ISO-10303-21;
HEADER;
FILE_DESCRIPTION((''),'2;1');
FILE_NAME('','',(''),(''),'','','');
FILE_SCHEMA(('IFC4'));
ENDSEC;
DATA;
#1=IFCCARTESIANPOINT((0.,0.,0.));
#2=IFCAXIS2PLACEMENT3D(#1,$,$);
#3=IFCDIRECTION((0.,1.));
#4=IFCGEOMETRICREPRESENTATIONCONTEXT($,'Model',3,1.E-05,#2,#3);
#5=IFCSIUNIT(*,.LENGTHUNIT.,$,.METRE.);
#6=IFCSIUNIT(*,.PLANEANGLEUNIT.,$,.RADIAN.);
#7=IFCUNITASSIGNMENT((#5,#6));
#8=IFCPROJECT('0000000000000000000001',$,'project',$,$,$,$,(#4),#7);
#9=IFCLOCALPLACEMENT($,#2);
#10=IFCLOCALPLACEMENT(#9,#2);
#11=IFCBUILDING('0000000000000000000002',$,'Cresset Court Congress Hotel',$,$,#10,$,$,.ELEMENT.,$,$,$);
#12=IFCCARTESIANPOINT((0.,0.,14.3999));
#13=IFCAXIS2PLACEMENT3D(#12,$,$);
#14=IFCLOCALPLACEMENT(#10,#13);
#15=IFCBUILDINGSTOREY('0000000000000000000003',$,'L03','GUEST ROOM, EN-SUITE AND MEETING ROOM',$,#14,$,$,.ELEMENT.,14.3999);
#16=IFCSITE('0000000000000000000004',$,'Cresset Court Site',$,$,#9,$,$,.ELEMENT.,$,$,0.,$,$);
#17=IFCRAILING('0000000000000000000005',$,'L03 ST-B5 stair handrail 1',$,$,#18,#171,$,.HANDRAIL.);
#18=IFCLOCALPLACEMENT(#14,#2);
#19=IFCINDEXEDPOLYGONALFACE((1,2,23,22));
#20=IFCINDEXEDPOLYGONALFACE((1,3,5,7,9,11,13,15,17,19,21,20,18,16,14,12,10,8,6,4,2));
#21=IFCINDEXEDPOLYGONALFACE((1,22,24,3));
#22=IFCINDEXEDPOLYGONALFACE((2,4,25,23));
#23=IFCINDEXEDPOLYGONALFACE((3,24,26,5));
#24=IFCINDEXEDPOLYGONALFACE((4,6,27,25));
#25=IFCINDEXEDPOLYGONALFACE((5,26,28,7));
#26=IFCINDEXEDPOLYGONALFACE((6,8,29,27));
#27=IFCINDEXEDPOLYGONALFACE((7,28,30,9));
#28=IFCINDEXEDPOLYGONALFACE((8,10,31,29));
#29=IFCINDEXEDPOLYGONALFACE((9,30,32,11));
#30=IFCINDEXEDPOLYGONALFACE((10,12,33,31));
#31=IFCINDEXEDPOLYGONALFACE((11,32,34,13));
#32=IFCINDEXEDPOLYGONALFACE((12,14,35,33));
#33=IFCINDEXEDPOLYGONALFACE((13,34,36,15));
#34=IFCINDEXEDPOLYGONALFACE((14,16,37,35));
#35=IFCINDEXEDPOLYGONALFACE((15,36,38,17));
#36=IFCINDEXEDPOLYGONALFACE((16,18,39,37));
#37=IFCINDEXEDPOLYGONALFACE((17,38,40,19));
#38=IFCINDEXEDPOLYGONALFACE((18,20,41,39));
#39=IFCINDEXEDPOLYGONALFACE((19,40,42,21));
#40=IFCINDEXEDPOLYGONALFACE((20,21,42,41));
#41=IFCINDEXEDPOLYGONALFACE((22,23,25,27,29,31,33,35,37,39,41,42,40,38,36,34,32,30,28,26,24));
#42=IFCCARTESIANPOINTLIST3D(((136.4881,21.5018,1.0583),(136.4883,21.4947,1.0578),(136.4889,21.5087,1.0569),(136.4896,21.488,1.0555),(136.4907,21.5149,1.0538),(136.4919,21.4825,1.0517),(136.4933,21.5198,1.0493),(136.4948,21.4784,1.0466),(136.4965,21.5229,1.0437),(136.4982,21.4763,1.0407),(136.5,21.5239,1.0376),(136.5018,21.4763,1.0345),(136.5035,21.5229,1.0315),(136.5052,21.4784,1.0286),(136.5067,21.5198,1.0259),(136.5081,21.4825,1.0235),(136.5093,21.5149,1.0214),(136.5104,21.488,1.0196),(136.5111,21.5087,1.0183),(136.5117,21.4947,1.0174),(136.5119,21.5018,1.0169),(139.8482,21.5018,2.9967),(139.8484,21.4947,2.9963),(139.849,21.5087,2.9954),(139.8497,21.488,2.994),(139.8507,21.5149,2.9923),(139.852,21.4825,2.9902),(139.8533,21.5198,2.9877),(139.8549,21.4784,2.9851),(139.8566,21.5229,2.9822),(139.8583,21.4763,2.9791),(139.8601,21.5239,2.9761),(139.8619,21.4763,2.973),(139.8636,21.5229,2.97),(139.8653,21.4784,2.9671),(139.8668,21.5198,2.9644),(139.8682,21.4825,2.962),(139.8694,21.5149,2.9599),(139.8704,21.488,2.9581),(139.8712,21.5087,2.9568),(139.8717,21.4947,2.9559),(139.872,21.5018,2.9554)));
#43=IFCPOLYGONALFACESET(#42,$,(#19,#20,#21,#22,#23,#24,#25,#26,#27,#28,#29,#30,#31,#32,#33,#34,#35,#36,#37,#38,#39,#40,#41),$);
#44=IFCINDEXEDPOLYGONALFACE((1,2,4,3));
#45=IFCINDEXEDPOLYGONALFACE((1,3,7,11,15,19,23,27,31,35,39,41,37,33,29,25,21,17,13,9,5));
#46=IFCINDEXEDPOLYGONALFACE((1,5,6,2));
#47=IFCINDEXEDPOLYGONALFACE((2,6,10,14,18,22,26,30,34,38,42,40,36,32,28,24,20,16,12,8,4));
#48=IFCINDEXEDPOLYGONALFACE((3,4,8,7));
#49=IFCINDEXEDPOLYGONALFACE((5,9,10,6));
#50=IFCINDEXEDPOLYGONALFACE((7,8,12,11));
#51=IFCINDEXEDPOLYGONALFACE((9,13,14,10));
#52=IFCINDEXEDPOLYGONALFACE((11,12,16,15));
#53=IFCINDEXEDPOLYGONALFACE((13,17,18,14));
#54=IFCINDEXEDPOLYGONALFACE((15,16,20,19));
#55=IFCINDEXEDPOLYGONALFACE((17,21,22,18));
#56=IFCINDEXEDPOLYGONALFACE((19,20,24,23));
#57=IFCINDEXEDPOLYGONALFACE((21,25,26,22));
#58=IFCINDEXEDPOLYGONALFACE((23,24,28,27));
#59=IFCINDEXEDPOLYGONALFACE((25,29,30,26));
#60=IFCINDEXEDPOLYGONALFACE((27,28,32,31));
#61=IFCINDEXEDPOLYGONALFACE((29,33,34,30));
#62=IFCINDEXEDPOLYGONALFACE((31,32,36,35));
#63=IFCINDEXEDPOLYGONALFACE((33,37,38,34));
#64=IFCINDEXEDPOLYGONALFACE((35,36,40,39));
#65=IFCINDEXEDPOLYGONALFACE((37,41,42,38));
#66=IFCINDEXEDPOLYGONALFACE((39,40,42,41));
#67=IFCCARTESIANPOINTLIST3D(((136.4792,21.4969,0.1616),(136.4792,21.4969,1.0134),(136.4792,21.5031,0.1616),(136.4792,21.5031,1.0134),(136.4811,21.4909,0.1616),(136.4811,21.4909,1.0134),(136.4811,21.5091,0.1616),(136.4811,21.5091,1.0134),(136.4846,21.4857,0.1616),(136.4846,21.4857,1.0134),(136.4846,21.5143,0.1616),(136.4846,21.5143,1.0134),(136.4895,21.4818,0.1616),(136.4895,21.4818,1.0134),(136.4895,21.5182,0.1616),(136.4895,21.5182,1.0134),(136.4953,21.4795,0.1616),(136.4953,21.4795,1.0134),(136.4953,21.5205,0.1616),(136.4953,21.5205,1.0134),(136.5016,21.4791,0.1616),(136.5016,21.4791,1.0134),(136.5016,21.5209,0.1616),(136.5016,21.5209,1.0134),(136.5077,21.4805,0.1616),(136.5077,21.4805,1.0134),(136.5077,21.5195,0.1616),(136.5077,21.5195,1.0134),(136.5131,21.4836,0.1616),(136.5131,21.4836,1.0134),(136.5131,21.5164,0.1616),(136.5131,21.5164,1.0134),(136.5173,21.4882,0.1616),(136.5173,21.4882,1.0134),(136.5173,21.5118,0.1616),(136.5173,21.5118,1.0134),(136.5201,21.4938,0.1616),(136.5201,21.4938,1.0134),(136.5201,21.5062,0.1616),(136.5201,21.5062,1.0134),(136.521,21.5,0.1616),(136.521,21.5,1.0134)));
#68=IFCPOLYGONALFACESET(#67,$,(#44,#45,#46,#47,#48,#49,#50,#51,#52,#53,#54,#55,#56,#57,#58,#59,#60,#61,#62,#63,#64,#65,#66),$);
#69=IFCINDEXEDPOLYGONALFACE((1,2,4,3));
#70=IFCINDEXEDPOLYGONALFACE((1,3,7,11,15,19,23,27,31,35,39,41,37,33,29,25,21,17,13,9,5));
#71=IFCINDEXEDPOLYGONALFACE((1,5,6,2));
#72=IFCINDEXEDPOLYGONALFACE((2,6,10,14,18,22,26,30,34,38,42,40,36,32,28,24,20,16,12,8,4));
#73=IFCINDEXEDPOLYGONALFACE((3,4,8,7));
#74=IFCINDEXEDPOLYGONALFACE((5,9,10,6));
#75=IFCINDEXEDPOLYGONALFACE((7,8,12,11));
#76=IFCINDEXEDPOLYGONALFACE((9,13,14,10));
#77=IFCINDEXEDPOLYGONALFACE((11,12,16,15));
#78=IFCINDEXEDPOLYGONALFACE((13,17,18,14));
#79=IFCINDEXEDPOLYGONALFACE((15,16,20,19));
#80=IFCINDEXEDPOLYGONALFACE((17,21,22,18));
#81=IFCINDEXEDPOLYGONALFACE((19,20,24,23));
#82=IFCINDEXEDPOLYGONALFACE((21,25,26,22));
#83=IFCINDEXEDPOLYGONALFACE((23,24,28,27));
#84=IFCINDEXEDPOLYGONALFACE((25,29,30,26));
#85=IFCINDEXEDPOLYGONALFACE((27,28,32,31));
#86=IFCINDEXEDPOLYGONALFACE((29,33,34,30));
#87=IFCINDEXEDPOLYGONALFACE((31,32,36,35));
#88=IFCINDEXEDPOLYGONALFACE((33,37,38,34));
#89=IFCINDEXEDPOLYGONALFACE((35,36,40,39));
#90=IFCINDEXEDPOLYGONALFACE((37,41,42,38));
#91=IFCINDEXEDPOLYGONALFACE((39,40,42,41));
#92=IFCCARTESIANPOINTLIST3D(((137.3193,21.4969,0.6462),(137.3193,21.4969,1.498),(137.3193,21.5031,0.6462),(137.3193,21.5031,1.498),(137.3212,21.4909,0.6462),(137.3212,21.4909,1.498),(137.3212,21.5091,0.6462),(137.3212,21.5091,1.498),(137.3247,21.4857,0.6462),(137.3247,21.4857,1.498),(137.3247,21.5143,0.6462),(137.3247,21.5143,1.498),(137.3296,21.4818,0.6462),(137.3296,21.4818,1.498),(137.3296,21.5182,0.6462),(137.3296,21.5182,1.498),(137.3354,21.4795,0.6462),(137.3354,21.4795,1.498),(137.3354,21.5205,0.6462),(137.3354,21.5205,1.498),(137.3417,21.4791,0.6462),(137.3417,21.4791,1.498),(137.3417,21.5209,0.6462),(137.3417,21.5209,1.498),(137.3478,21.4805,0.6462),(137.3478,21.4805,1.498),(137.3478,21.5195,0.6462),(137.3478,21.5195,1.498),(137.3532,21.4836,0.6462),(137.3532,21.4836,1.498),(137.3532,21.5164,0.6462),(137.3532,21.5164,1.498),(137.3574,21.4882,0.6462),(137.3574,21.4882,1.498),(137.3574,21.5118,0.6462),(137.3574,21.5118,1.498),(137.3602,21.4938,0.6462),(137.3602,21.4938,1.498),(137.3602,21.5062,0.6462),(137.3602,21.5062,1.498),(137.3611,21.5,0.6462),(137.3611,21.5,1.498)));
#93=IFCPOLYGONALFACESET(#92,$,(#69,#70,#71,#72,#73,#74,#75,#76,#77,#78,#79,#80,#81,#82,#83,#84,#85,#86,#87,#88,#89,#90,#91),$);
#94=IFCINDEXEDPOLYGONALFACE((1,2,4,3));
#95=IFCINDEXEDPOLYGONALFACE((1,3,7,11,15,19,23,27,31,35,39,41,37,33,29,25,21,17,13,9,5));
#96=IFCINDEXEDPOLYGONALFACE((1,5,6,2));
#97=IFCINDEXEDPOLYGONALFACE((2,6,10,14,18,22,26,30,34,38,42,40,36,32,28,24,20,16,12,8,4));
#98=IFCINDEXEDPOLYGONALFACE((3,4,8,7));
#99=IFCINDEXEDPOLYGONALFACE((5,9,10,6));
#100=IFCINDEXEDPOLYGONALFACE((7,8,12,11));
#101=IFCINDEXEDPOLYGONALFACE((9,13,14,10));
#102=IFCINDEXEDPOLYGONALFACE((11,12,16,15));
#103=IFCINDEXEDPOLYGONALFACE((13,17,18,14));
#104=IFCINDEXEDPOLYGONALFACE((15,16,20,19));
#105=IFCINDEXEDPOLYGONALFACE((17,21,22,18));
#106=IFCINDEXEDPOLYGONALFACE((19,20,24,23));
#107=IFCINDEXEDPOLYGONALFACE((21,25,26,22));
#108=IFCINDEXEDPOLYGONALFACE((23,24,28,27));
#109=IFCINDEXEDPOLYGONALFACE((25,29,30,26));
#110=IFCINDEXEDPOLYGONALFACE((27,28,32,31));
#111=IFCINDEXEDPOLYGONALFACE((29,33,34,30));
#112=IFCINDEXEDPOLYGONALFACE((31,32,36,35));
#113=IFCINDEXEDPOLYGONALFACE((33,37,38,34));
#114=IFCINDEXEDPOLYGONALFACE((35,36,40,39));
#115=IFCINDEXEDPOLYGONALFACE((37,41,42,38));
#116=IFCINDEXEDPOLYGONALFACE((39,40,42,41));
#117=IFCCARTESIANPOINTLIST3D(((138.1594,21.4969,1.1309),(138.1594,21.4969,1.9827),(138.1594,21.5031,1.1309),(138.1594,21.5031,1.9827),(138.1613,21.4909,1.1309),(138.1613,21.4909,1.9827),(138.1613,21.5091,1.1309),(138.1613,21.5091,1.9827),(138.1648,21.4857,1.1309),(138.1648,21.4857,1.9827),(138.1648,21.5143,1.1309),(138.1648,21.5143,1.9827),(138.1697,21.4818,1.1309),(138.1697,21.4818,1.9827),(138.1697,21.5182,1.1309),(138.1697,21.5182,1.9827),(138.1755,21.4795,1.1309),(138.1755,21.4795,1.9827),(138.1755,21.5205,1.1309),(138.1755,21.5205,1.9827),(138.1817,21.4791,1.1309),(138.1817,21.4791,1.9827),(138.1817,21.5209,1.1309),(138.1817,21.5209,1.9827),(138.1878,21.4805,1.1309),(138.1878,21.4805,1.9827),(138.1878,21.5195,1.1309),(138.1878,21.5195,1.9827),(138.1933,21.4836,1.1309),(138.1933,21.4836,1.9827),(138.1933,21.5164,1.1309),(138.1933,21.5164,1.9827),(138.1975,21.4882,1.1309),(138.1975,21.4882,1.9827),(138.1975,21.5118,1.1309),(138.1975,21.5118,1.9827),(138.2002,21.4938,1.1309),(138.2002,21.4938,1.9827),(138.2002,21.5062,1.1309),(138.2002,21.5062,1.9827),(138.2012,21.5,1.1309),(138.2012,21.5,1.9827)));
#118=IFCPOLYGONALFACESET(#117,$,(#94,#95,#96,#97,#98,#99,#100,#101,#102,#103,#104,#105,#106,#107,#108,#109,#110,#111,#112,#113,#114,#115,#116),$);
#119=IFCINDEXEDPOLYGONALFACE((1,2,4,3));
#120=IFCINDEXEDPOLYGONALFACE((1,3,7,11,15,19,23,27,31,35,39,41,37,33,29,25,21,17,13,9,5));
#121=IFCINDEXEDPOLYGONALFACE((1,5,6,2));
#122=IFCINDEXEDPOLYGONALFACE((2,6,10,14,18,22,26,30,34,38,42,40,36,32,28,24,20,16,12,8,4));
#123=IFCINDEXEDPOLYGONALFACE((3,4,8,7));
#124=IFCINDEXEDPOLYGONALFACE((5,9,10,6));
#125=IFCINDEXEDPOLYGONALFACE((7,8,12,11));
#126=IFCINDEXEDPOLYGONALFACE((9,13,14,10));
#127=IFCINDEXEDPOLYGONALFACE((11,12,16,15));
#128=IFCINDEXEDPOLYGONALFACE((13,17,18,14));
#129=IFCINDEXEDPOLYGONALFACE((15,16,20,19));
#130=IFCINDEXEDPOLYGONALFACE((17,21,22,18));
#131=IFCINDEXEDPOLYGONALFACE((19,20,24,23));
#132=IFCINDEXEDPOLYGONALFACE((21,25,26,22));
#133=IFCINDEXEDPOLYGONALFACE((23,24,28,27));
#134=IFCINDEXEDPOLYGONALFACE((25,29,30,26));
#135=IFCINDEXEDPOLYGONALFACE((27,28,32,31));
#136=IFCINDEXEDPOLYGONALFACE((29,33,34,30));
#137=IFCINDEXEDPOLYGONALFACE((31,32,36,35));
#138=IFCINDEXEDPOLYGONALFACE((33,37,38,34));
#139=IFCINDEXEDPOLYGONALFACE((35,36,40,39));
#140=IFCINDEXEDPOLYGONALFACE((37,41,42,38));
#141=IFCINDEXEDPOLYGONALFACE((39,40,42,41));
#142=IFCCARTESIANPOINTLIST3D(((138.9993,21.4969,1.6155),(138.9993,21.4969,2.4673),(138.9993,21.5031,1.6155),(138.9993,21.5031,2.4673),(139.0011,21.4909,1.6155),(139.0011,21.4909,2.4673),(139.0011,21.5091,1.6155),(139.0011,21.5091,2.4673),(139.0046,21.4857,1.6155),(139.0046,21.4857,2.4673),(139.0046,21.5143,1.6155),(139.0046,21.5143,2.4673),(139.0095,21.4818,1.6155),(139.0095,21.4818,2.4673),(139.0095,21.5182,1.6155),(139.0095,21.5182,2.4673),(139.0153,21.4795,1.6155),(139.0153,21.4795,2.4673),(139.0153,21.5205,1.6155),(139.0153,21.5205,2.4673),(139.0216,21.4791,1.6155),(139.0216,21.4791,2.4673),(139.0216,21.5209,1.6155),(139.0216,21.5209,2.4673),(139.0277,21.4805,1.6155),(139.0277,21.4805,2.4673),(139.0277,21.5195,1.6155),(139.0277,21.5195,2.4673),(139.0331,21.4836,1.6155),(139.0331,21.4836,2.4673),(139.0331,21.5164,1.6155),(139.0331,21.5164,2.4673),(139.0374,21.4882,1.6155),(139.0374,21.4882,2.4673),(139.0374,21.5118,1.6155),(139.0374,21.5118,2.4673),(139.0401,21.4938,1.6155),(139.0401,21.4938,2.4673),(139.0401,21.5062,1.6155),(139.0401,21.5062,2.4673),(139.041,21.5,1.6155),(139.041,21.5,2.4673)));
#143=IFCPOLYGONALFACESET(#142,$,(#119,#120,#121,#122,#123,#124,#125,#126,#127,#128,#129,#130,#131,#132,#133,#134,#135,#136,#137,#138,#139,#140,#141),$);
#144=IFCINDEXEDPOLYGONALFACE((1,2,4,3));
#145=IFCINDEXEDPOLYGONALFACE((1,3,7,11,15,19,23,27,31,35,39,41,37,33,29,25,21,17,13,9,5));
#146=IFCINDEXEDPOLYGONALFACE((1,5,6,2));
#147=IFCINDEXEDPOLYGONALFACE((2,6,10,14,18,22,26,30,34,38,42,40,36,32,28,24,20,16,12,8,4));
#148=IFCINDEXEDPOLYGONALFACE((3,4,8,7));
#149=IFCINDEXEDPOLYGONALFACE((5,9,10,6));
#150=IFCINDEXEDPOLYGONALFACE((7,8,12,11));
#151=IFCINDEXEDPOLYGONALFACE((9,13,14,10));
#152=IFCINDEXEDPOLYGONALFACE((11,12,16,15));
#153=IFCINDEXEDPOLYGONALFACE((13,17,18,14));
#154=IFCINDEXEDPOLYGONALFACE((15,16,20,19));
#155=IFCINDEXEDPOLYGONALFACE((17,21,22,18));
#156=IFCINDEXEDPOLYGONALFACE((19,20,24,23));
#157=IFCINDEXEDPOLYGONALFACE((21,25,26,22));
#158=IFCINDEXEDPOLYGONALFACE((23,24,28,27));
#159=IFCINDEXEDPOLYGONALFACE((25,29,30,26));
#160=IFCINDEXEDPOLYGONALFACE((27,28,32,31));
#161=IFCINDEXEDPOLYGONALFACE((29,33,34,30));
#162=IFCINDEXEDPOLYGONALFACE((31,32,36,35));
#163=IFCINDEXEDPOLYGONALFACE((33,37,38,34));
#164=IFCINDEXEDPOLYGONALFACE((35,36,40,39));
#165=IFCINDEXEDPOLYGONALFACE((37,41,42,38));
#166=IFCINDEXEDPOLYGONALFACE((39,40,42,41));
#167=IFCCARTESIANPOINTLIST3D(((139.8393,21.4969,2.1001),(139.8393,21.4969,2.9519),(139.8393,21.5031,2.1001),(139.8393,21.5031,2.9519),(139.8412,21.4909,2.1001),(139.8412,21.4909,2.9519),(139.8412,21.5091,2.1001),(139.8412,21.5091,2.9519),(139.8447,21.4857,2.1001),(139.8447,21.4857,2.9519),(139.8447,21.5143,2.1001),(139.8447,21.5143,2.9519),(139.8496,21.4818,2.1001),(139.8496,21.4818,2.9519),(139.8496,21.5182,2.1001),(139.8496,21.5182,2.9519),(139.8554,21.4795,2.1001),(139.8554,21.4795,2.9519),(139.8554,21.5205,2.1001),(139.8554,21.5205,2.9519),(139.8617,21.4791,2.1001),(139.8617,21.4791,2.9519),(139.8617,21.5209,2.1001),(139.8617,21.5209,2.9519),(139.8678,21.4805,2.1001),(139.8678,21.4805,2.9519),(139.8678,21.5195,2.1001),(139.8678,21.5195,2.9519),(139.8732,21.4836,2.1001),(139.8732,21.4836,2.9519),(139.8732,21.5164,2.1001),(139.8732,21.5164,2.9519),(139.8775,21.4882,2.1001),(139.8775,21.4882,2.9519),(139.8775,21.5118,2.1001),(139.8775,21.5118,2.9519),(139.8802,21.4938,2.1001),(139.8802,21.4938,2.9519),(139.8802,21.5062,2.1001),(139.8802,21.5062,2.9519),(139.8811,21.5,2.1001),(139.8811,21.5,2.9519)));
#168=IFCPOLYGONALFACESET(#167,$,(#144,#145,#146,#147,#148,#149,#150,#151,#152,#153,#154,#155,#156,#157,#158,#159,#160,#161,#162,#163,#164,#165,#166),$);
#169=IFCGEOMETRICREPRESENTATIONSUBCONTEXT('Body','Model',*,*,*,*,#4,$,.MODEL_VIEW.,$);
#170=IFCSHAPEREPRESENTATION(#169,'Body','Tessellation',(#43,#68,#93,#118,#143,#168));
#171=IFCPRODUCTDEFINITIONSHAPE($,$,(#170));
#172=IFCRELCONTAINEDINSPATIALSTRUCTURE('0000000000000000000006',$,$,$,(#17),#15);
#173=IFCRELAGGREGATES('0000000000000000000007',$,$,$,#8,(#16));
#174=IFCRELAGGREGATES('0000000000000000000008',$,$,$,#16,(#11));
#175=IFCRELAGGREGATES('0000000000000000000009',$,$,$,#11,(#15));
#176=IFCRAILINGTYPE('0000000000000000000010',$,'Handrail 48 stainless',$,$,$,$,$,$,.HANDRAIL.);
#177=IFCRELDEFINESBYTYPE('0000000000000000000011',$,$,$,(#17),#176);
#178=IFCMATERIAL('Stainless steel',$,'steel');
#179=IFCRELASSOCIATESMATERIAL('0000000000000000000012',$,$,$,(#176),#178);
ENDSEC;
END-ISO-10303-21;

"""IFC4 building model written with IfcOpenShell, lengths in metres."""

from ifc_helpers import new_model, si_unit, direction, frame, origin, origin_2d, place, context, subcontext, project, spatial, circle, extrude, material, type_object, element, save


model = new_model("IFC4")

# Units and contexts
model_context = context("Model", 3, precision=1e-05, world=origin(), true_north=direction((0.0, 1.0)))
body_context = subcontext(model_context, "Body", "Model", "MODEL_VIEW")
ifc_project = project(units=[si_unit("LENGTHUNIT", "METRE"), si_unit("PLANEANGLEUNIT", "RADIAN")], contexts=[model_context])

# Site, building, storey
site_placement = place(None, origin())
site = spatial("IfcSite", under=ifc_project, at=site_placement, Name="Cresset Court Site", CompositionType="ELEMENT", RefElevation=0.0)
building_placement = place(site_placement, origin())
building = spatial("IfcBuilding", under=site, at=building_placement, Name="Cresset Court Congress Hotel", CompositionType="ELEMENT")
storey_placement = place(building_placement, frame((0.0, 0.0, 14.3999)))
storey = spatial("IfcBuildingStorey", under=building, at=storey_placement, Name="L03", Description="GUEST ROOM, EN-SUITE AND MEETING ROOM", CompositionType="ELEMENT", Elevation=14.3999)

# Railing
ifc_material_1 = material(Name="Stainless steel", Category="steel")
railing_type_1 = type_object("IfcRailingType", Name="Handrail 48 stainless", PredefinedType="HANDRAIL", material=ifc_material_1)
railing_1_placement = place(storey_placement, frame((136.5, 21.5, 0.1616)))
element("IfcRailing", 1, at=railing_1_placement, inside=storey, type_object=railing_type_1, Name="L03 ST-B5 stair handrail 1", PredefinedType="HANDRAIL", context=body_context, shape_type="SweptSolid", body=[
    extrude(circle(Radius=0.0239, at=origin_2d()), frame((0.0, 0.0, 0.876), z_axis=(0.866191, 0.0, 0.499713), x_axis=(0.0, 1.0, 0.0)), (0.0, 0.0, 1.0), 3.8792),
    extrude(circle(Radius=0.021, at=origin_2d()), origin(), (0.0, 0.0, 1.0), 0.8518),
    extrude(circle(Radius=0.021, at=origin_2d()), frame((0.8401, 0.0, 0.4846)), (0.0, 0.0, 1.0), 0.8518),
    extrude(circle(Radius=0.021, at=origin_2d()), frame((1.6802, 0.0, 0.9692)), (0.0, 0.0, 1.0), 0.8518),
    extrude(circle(Radius=0.021, at=origin_2d()), frame((2.52, 0.0, 1.4539)), (0.0, 0.0, 1.0), 0.8518),
    extrude(circle(Radius=0.021, at=origin_2d()), frame((3.3601, 0.0, 1.9385)), (0.0, 0.0, 1.0), 0.8518),
])

save(model, "model.ifc")
